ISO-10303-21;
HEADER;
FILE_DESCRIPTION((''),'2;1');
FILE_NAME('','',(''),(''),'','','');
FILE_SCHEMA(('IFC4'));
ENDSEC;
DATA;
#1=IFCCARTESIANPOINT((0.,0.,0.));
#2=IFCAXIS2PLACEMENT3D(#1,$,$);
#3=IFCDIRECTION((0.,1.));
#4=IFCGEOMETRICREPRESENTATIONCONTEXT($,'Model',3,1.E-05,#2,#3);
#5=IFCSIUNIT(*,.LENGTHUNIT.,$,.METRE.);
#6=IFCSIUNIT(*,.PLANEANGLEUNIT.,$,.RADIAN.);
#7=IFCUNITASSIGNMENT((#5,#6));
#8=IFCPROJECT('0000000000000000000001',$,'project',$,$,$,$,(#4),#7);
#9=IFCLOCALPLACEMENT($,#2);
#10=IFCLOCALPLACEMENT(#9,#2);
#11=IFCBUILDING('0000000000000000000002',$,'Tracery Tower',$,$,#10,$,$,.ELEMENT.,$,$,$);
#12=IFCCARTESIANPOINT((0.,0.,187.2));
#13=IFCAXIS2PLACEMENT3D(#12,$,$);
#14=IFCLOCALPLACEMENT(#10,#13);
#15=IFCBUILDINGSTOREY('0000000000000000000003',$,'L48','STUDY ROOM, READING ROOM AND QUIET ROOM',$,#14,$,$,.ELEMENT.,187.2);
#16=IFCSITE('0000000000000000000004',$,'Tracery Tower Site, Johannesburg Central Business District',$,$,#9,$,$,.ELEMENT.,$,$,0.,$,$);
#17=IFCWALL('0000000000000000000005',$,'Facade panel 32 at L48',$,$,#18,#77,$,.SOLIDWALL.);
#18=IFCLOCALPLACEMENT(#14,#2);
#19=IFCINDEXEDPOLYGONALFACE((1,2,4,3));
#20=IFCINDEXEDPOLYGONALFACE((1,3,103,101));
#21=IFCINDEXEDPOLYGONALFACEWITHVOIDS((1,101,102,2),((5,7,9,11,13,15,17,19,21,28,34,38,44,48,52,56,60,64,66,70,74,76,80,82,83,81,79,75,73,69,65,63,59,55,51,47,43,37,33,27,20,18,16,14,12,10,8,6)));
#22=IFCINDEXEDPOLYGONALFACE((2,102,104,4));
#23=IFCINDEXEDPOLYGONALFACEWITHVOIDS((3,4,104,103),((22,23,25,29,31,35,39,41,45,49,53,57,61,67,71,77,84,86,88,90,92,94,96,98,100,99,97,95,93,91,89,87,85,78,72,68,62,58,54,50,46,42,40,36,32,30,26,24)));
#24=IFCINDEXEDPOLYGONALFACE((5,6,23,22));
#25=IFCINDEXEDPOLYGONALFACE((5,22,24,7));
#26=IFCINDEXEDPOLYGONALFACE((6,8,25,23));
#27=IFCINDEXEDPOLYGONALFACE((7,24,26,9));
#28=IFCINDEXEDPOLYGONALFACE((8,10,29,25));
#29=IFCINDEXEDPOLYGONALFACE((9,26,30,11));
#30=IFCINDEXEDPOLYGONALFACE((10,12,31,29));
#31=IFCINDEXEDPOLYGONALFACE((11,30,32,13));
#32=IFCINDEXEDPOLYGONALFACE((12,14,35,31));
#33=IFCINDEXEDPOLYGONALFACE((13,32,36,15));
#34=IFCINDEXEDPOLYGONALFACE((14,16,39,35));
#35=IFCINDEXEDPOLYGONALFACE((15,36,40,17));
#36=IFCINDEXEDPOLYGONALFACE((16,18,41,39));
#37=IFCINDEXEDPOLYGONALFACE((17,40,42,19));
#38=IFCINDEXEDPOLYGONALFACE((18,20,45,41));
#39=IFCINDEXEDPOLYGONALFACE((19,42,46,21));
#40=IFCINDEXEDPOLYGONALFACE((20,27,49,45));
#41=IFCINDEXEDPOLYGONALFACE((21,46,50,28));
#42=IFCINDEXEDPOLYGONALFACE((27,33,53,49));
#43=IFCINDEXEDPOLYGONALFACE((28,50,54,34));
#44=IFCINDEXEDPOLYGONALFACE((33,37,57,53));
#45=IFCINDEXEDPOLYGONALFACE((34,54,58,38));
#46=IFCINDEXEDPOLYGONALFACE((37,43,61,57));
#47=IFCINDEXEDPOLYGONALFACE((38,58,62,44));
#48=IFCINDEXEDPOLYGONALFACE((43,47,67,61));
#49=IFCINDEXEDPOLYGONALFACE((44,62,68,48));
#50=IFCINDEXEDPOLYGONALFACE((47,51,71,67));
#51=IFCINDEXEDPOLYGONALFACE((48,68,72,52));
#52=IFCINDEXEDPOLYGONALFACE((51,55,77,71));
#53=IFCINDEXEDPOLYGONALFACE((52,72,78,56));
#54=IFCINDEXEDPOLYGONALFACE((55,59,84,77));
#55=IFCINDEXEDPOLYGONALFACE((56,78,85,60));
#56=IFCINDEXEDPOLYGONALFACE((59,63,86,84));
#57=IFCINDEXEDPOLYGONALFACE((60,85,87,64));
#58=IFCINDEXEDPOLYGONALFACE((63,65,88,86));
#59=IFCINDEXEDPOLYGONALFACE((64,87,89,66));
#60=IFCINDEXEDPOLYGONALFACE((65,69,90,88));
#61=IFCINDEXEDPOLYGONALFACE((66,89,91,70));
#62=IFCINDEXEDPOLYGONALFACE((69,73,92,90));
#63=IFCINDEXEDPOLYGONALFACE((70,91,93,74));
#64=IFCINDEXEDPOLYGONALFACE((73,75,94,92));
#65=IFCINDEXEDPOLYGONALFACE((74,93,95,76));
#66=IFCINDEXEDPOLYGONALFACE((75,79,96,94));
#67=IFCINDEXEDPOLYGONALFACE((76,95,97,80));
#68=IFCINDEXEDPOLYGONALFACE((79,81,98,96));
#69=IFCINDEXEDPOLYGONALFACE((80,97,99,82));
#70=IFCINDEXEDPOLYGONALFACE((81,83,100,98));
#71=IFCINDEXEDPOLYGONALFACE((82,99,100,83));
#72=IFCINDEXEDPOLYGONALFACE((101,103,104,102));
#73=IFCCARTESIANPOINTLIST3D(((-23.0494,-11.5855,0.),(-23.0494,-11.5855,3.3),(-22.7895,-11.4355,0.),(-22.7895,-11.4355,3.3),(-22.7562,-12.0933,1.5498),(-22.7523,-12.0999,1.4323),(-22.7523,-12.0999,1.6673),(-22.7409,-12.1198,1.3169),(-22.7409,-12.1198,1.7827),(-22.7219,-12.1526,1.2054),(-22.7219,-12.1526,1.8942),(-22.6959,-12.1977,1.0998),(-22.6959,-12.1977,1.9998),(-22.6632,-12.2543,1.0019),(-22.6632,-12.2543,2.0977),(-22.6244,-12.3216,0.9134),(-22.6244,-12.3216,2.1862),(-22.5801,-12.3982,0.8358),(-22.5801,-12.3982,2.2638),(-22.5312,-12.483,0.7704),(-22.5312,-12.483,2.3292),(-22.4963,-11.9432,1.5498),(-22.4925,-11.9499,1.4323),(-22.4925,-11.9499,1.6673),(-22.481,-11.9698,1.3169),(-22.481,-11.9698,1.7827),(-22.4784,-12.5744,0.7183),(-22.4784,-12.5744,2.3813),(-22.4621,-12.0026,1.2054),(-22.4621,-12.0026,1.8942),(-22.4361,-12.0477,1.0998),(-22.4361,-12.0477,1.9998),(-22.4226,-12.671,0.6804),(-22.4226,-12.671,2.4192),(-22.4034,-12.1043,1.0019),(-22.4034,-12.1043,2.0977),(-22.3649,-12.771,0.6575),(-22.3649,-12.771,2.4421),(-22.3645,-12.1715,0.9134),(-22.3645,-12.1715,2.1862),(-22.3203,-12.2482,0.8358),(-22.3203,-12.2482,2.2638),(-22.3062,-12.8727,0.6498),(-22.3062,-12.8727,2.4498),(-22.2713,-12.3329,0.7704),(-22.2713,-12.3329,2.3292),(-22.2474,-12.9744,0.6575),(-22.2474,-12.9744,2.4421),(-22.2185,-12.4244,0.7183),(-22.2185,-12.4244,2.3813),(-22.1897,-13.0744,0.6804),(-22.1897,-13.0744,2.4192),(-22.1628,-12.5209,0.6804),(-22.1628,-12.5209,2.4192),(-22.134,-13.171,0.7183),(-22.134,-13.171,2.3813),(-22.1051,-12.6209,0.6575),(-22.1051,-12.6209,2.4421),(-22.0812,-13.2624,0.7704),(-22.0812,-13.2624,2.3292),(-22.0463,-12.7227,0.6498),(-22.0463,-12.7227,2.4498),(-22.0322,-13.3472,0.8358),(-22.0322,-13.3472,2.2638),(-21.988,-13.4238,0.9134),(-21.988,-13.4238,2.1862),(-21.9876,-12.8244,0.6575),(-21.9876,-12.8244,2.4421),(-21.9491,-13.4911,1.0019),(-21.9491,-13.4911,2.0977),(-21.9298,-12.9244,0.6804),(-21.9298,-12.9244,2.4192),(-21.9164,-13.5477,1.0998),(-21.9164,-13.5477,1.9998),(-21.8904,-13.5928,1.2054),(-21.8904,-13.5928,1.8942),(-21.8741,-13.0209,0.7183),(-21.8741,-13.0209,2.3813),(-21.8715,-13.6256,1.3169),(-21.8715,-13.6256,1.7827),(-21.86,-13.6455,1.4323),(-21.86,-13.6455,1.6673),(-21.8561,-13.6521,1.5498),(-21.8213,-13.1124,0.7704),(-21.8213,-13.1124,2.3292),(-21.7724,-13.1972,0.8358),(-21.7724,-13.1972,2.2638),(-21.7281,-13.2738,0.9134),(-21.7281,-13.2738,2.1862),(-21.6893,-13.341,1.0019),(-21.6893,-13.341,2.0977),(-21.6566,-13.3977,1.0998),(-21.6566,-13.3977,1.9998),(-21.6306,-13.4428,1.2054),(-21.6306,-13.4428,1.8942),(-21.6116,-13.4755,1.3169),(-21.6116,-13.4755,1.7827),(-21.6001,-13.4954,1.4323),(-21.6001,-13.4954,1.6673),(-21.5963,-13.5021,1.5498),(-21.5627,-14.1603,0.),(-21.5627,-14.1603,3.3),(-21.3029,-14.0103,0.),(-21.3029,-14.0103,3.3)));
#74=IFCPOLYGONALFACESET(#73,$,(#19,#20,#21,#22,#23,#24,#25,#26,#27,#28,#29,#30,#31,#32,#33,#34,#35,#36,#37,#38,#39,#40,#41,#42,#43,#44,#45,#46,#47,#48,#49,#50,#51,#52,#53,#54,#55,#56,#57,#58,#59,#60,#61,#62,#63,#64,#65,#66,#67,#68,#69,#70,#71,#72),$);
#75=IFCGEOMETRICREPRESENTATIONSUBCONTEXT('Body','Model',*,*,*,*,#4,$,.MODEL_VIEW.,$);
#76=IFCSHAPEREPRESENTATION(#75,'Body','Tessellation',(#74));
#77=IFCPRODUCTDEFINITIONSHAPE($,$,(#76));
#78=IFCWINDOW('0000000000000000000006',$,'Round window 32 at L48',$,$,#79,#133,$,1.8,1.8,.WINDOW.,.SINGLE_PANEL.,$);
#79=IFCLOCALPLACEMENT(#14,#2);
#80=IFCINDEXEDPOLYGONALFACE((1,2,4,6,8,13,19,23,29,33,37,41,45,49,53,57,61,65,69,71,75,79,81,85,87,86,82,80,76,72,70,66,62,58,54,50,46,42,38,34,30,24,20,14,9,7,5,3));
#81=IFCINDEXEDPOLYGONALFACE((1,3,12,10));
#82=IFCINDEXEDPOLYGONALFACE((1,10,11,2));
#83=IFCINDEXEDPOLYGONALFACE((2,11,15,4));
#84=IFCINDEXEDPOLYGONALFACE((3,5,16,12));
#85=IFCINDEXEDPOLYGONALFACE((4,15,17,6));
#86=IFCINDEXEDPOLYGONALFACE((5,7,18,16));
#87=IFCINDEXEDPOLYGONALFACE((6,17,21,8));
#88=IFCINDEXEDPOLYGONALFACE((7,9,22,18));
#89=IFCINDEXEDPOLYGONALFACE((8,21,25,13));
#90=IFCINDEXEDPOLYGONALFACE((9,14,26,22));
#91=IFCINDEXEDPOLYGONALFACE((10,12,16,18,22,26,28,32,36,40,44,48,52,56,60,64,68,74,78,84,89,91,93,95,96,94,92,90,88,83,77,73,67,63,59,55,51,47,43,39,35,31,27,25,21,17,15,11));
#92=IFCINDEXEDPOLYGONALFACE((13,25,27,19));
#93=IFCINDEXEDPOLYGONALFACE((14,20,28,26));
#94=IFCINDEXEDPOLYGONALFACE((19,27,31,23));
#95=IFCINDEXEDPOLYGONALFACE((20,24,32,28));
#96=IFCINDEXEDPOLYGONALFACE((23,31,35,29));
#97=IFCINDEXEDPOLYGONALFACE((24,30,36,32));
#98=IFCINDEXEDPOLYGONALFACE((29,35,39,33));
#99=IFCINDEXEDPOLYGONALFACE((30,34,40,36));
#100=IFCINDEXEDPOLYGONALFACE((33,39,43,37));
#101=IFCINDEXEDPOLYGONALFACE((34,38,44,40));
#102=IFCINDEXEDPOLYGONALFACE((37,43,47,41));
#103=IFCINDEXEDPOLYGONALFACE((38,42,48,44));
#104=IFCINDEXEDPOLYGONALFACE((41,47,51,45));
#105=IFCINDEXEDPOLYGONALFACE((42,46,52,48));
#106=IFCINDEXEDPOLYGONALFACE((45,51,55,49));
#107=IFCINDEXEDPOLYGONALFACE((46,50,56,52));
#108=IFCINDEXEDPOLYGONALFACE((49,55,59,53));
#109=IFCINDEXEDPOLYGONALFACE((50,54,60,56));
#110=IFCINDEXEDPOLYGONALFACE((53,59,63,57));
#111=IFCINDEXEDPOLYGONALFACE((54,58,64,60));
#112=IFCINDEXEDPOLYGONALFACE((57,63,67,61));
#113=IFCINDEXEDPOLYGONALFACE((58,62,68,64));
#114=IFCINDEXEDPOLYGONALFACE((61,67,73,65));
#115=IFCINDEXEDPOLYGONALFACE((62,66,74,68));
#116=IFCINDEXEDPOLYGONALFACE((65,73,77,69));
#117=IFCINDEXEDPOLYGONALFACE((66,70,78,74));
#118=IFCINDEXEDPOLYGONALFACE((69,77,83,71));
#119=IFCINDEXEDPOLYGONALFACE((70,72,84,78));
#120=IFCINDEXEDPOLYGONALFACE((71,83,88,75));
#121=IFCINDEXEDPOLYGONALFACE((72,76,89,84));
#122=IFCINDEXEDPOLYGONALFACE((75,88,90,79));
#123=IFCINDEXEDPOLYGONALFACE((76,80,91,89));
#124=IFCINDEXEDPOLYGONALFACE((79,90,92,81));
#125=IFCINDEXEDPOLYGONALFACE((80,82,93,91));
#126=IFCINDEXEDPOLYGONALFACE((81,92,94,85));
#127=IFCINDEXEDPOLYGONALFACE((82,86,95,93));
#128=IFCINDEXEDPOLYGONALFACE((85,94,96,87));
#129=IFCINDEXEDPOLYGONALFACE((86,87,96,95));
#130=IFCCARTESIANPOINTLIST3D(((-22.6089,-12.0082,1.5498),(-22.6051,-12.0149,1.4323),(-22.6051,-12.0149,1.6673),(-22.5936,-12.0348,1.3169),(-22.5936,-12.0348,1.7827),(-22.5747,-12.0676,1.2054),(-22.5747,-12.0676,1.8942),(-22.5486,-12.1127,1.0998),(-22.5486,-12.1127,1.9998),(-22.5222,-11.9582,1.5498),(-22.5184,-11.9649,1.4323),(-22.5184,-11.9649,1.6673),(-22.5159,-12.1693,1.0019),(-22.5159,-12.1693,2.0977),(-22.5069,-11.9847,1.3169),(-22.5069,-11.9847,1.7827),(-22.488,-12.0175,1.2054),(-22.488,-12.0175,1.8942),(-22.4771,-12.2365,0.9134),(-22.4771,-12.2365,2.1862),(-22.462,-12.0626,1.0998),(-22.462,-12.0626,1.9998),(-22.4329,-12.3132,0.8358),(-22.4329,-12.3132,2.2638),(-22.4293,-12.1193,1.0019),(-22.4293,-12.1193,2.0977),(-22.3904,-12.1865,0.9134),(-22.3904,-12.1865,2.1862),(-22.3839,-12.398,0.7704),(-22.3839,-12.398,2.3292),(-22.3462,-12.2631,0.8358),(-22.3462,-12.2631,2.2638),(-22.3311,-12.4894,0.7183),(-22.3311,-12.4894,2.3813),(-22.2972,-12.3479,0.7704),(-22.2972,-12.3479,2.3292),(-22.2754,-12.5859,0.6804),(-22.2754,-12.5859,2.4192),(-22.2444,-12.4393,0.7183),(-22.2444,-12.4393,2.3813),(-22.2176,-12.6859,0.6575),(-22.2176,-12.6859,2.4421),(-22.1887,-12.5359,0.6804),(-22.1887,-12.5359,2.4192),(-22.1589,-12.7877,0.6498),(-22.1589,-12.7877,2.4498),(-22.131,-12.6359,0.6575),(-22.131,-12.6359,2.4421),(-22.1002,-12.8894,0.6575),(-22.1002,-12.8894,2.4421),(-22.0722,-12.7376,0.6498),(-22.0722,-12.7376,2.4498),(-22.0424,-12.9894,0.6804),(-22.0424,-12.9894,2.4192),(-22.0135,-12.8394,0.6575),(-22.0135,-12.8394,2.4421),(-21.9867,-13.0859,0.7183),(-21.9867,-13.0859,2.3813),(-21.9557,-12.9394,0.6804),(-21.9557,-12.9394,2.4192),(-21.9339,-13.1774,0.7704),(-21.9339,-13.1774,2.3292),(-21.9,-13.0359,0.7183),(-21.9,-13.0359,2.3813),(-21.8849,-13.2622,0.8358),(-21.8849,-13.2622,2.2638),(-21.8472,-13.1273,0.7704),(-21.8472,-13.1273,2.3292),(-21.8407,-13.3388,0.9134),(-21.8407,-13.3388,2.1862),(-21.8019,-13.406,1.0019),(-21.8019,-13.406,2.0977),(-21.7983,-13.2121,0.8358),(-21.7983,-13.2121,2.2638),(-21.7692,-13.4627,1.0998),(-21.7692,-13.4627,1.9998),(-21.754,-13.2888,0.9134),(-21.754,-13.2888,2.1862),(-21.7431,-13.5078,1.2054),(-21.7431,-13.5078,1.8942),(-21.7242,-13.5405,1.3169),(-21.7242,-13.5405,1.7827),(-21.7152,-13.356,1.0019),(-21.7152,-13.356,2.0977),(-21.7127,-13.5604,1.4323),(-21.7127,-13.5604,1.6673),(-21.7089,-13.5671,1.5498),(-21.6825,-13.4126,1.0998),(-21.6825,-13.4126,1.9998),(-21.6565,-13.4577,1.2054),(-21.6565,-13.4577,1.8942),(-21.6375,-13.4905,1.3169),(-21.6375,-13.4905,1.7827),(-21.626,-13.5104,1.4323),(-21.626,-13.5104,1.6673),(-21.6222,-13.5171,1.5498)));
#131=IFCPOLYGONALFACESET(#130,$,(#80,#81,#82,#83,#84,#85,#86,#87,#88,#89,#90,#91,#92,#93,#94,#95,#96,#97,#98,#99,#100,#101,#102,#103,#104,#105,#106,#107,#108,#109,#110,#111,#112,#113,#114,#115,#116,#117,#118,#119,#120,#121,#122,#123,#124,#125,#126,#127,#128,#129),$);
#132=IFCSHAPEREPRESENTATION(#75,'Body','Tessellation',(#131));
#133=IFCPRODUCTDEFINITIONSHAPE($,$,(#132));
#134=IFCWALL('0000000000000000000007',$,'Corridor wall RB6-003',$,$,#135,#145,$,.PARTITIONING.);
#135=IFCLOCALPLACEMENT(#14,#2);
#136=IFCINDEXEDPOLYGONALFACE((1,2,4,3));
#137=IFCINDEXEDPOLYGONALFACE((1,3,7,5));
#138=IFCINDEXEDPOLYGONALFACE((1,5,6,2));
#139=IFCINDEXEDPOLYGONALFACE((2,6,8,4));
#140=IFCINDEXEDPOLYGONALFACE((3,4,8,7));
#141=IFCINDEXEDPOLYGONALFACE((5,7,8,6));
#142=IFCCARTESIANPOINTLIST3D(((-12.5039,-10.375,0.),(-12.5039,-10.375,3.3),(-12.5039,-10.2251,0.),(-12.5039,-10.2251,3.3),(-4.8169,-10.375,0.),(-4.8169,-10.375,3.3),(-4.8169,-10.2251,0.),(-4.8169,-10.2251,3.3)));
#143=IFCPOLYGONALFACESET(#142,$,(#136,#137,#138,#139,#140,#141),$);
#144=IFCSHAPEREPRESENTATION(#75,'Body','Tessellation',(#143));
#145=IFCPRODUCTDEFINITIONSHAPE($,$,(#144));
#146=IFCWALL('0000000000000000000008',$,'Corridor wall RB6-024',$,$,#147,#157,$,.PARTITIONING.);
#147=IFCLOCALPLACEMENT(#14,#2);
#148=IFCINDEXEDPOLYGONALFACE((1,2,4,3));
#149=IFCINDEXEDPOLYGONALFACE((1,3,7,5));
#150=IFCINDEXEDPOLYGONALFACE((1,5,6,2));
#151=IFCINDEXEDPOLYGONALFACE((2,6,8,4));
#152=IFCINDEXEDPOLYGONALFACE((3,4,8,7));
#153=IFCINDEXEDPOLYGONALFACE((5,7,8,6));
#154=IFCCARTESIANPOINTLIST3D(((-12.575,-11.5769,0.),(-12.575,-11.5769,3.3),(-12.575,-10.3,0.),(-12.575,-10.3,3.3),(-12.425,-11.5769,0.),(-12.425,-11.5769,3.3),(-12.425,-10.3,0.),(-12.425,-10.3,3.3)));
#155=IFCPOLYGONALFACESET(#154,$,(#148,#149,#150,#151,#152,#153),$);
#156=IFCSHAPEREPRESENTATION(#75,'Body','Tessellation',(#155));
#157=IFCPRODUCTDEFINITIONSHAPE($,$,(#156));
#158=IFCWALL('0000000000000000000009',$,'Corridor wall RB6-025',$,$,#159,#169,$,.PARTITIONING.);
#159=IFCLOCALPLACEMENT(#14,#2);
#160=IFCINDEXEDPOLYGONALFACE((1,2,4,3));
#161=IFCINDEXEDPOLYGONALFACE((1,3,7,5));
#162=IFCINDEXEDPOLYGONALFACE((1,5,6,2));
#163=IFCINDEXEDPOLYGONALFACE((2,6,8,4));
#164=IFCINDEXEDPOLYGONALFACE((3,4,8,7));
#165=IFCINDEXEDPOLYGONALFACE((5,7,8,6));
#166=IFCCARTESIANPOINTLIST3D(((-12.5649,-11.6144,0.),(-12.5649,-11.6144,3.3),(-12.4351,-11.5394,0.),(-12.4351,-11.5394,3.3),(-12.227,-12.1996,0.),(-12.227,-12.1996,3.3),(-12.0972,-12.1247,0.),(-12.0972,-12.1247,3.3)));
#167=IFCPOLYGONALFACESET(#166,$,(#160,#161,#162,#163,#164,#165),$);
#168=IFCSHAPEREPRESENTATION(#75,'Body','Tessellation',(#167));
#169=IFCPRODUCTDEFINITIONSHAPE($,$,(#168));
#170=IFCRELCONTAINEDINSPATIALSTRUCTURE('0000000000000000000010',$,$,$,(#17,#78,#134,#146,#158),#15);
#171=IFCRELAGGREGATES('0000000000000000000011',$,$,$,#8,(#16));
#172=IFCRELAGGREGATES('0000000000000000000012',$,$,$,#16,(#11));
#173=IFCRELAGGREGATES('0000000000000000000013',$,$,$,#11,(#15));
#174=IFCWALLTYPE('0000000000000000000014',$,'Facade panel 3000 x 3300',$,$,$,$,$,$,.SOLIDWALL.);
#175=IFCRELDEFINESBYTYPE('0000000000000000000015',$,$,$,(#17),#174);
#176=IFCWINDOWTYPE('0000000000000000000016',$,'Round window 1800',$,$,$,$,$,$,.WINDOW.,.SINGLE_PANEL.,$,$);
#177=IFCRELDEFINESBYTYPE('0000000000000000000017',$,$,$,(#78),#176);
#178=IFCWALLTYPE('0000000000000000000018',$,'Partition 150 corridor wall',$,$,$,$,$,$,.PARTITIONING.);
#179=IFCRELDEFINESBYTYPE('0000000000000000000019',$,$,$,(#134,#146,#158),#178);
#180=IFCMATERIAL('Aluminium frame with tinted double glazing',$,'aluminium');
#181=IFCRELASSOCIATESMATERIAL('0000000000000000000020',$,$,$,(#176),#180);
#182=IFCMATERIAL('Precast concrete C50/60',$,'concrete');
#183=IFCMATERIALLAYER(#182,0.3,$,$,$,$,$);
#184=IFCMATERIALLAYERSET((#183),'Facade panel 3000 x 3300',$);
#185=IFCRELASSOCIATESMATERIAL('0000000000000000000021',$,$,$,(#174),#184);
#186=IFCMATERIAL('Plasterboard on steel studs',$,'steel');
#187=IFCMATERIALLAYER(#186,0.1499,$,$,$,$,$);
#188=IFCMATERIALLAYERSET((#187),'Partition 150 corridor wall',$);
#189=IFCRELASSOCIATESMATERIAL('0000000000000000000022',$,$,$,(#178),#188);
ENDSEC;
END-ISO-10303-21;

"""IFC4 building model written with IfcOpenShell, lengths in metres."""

from ifc_helpers import new_model, si_unit, direction, frame, frame_2d, origin, origin_2d, place, context, subcontext, project, spatial, rectangle, circle, extrude, material, layer, layer_set, type_object, element, fill, save


model = new_model("IFC4")

# Units and contexts
model_context = context("Model", 3, precision=1e-05, world=origin(), true_north=direction((0.0, 1.0)))
body_context = subcontext(model_context, "Body", "Model", "MODEL_VIEW")
ifc_project = project(units=[si_unit("LENGTHUNIT", "METRE"), si_unit("PLANEANGLEUNIT", "RADIAN")], contexts=[model_context])

# Site, building, storey
site_placement = place(None, origin())
site = spatial("IfcSite", under=ifc_project, at=site_placement, Name="Tracery Tower Site, Johannesburg Central Business District", CompositionType="ELEMENT", RefElevation=0.0)
building_placement = place(site_placement, origin())
building = spatial("IfcBuilding", under=site, at=building_placement, Name="Tracery Tower", CompositionType="ELEMENT")
storey_placement = place(building_placement, frame((0.0, 0.0, 187.2)))
storey = spatial("IfcBuildingStorey", under=building, at=storey_placement, Name="L48", Description="STUDY ROOM, READING ROOM AND QUIET ROOM", CompositionType="ELEMENT", Elevation=187.2)

# Wall, opening, window
ifc_material_1 = material(Name="Aluminium frame with tinted double glazing", Category="aluminium")
window_type = type_object("IfcWindowType", Name="Round window 1800", PartitioningType="SINGLE_PANEL", PredefinedType="WINDOW", material=ifc_material_1)
ifc_material_2 = material(Name="Precast concrete C50/60", Category="concrete")
ifc_layer_1 = layer(ifc_material_2, 0.3)
ifc_layer_set_1 = layer_set([ifc_layer_1], Name="Facade panel 3000 x 3300")
wall_type_1 = type_object("IfcWallType", Name="Facade panel 3000 x 3300", PredefinedType="SOLIDWALL", material=ifc_layer_set_1)
wall_1_placement = place(storey_placement, frame((-22.9194, -11.5105, 0.0), z_axis=(0.0, 0.0, 1.0), x_axis=(0.500016, -0.866016, 0.0)))
wall_1 = element("IfcWall", 1, at=wall_1_placement, inside=storey, type_object=wall_type_1, Name="Facade panel 32 at L48", PredefinedType="SOLIDWALL", context=body_context, shape_type="SweptSolid", body=[
    extrude(rectangle(XDim=2.9731, YDim=0.3, at=frame_2d((1.4866, 0.0))), origin(), (0.0, 0.0, 1.0), 3.3),
])
opening_1_placement = place(wall_1_placement, frame((1.4863, 0.0, 1.5498)))
opening_1 = element("IfcOpeningElement", 2, at=opening_1_placement, cuts=wall_1, PredefinedType="OPENING", context=body_context, shape_type="SweptSolid", body=[
    extrude(circle(Radius=0.9, at=origin_2d()), frame((0.0, 0.1599, 0.0), z_axis=(0.0, -1.0, 0.0), x_axis=(1.0, 0.0, 0.0)), (0.0, 0.0, 1.0), 0.3201),
])
window_1_placement = place(opening_1_placement, origin())
window_1 = element("IfcWindow", 3, at=window_1_placement, inside=storey, type_object=window_type, Name="Round window 32 at L48", OverallHeight=1.8, OverallWidth=1.8, PartitioningType="SINGLE_PANEL", PredefinedType="WINDOW", context=body_context, shape_type="SweptSolid", body=[
    extrude(circle(Radius=0.9, at=origin_2d()), frame((0.0, 0.1201, 0.0), z_axis=(0.0, -1.0, 0.0), x_axis=(1.0, 0.0, 0.0)), (0.0, 0.0, 1.0), 0.1001),
])
fill(opening_1, window_1)

# Walls
ifc_material_3 = material(Name="Plasterboard on steel studs", Category="steel")
ifc_layer_2 = layer(ifc_material_3, 0.1499)
ifc_layer_set_2 = layer_set([ifc_layer_2], Name="Partition 150 corridor wall")
wall_type_2 = type_object("IfcWallType", Name="Partition 150 corridor wall", PredefinedType="PARTITIONING", material=ifc_layer_set_2)
wall_2_placement = place(storey_placement, frame((-12.5039, -10.3, 0.0), z_axis=(0.0, 0.0, 1.0), x_axis=(1.0, 0.0, 0.0)))
element("IfcWall", 4, at=wall_2_placement, inside=storey, type_object=wall_type_2, Name="Corridor wall RB6-003", PredefinedType="PARTITIONING", context=body_context, shape_type="SweptSolid", body=[
    extrude(rectangle(XDim=7.687, YDim=0.1499, at=frame_2d((3.8435, 0.0))), origin(), (0.0, 0.0, 1.0), 3.3),
])
wall_3_placement = place(storey_placement, frame((-12.5, -11.5769, 0.0), z_axis=(0.0, 0.0, 1.0), x_axis=(0.0, 1.0, 0.0)))
element("IfcWall", 5, at=wall_3_placement, inside=storey, type_object=wall_type_2, Name="Corridor wall RB6-024", PredefinedType="PARTITIONING", context=body_context, shape_type="SweptSolid", body=[
    extrude(rectangle(XDim=1.2769, YDim=0.1499, at=frame_2d((0.6384, 0.0))), origin(), (0.0, 0.0, 1.0), 3.3),
])
wall_4_placement = place(storey_placement, frame((-12.5, -11.5769, 0.0), z_axis=(0.0, 0.0, 1.0), x_axis=(0.500025, -0.866011, 0.0)))
element("IfcWall", 6, at=wall_4_placement, inside=storey, type_object=wall_type_2, Name="Corridor wall RB6-025", PredefinedType="PARTITIONING", context=body_context, shape_type="SweptSolid", body=[
    extrude(rectangle(XDim=0.6758, YDim=0.1499, at=frame_2d((0.3379, 0.0))), origin(), (0.0, 0.0, 1.0), 3.3),
])

save(model, "model.ifc")
